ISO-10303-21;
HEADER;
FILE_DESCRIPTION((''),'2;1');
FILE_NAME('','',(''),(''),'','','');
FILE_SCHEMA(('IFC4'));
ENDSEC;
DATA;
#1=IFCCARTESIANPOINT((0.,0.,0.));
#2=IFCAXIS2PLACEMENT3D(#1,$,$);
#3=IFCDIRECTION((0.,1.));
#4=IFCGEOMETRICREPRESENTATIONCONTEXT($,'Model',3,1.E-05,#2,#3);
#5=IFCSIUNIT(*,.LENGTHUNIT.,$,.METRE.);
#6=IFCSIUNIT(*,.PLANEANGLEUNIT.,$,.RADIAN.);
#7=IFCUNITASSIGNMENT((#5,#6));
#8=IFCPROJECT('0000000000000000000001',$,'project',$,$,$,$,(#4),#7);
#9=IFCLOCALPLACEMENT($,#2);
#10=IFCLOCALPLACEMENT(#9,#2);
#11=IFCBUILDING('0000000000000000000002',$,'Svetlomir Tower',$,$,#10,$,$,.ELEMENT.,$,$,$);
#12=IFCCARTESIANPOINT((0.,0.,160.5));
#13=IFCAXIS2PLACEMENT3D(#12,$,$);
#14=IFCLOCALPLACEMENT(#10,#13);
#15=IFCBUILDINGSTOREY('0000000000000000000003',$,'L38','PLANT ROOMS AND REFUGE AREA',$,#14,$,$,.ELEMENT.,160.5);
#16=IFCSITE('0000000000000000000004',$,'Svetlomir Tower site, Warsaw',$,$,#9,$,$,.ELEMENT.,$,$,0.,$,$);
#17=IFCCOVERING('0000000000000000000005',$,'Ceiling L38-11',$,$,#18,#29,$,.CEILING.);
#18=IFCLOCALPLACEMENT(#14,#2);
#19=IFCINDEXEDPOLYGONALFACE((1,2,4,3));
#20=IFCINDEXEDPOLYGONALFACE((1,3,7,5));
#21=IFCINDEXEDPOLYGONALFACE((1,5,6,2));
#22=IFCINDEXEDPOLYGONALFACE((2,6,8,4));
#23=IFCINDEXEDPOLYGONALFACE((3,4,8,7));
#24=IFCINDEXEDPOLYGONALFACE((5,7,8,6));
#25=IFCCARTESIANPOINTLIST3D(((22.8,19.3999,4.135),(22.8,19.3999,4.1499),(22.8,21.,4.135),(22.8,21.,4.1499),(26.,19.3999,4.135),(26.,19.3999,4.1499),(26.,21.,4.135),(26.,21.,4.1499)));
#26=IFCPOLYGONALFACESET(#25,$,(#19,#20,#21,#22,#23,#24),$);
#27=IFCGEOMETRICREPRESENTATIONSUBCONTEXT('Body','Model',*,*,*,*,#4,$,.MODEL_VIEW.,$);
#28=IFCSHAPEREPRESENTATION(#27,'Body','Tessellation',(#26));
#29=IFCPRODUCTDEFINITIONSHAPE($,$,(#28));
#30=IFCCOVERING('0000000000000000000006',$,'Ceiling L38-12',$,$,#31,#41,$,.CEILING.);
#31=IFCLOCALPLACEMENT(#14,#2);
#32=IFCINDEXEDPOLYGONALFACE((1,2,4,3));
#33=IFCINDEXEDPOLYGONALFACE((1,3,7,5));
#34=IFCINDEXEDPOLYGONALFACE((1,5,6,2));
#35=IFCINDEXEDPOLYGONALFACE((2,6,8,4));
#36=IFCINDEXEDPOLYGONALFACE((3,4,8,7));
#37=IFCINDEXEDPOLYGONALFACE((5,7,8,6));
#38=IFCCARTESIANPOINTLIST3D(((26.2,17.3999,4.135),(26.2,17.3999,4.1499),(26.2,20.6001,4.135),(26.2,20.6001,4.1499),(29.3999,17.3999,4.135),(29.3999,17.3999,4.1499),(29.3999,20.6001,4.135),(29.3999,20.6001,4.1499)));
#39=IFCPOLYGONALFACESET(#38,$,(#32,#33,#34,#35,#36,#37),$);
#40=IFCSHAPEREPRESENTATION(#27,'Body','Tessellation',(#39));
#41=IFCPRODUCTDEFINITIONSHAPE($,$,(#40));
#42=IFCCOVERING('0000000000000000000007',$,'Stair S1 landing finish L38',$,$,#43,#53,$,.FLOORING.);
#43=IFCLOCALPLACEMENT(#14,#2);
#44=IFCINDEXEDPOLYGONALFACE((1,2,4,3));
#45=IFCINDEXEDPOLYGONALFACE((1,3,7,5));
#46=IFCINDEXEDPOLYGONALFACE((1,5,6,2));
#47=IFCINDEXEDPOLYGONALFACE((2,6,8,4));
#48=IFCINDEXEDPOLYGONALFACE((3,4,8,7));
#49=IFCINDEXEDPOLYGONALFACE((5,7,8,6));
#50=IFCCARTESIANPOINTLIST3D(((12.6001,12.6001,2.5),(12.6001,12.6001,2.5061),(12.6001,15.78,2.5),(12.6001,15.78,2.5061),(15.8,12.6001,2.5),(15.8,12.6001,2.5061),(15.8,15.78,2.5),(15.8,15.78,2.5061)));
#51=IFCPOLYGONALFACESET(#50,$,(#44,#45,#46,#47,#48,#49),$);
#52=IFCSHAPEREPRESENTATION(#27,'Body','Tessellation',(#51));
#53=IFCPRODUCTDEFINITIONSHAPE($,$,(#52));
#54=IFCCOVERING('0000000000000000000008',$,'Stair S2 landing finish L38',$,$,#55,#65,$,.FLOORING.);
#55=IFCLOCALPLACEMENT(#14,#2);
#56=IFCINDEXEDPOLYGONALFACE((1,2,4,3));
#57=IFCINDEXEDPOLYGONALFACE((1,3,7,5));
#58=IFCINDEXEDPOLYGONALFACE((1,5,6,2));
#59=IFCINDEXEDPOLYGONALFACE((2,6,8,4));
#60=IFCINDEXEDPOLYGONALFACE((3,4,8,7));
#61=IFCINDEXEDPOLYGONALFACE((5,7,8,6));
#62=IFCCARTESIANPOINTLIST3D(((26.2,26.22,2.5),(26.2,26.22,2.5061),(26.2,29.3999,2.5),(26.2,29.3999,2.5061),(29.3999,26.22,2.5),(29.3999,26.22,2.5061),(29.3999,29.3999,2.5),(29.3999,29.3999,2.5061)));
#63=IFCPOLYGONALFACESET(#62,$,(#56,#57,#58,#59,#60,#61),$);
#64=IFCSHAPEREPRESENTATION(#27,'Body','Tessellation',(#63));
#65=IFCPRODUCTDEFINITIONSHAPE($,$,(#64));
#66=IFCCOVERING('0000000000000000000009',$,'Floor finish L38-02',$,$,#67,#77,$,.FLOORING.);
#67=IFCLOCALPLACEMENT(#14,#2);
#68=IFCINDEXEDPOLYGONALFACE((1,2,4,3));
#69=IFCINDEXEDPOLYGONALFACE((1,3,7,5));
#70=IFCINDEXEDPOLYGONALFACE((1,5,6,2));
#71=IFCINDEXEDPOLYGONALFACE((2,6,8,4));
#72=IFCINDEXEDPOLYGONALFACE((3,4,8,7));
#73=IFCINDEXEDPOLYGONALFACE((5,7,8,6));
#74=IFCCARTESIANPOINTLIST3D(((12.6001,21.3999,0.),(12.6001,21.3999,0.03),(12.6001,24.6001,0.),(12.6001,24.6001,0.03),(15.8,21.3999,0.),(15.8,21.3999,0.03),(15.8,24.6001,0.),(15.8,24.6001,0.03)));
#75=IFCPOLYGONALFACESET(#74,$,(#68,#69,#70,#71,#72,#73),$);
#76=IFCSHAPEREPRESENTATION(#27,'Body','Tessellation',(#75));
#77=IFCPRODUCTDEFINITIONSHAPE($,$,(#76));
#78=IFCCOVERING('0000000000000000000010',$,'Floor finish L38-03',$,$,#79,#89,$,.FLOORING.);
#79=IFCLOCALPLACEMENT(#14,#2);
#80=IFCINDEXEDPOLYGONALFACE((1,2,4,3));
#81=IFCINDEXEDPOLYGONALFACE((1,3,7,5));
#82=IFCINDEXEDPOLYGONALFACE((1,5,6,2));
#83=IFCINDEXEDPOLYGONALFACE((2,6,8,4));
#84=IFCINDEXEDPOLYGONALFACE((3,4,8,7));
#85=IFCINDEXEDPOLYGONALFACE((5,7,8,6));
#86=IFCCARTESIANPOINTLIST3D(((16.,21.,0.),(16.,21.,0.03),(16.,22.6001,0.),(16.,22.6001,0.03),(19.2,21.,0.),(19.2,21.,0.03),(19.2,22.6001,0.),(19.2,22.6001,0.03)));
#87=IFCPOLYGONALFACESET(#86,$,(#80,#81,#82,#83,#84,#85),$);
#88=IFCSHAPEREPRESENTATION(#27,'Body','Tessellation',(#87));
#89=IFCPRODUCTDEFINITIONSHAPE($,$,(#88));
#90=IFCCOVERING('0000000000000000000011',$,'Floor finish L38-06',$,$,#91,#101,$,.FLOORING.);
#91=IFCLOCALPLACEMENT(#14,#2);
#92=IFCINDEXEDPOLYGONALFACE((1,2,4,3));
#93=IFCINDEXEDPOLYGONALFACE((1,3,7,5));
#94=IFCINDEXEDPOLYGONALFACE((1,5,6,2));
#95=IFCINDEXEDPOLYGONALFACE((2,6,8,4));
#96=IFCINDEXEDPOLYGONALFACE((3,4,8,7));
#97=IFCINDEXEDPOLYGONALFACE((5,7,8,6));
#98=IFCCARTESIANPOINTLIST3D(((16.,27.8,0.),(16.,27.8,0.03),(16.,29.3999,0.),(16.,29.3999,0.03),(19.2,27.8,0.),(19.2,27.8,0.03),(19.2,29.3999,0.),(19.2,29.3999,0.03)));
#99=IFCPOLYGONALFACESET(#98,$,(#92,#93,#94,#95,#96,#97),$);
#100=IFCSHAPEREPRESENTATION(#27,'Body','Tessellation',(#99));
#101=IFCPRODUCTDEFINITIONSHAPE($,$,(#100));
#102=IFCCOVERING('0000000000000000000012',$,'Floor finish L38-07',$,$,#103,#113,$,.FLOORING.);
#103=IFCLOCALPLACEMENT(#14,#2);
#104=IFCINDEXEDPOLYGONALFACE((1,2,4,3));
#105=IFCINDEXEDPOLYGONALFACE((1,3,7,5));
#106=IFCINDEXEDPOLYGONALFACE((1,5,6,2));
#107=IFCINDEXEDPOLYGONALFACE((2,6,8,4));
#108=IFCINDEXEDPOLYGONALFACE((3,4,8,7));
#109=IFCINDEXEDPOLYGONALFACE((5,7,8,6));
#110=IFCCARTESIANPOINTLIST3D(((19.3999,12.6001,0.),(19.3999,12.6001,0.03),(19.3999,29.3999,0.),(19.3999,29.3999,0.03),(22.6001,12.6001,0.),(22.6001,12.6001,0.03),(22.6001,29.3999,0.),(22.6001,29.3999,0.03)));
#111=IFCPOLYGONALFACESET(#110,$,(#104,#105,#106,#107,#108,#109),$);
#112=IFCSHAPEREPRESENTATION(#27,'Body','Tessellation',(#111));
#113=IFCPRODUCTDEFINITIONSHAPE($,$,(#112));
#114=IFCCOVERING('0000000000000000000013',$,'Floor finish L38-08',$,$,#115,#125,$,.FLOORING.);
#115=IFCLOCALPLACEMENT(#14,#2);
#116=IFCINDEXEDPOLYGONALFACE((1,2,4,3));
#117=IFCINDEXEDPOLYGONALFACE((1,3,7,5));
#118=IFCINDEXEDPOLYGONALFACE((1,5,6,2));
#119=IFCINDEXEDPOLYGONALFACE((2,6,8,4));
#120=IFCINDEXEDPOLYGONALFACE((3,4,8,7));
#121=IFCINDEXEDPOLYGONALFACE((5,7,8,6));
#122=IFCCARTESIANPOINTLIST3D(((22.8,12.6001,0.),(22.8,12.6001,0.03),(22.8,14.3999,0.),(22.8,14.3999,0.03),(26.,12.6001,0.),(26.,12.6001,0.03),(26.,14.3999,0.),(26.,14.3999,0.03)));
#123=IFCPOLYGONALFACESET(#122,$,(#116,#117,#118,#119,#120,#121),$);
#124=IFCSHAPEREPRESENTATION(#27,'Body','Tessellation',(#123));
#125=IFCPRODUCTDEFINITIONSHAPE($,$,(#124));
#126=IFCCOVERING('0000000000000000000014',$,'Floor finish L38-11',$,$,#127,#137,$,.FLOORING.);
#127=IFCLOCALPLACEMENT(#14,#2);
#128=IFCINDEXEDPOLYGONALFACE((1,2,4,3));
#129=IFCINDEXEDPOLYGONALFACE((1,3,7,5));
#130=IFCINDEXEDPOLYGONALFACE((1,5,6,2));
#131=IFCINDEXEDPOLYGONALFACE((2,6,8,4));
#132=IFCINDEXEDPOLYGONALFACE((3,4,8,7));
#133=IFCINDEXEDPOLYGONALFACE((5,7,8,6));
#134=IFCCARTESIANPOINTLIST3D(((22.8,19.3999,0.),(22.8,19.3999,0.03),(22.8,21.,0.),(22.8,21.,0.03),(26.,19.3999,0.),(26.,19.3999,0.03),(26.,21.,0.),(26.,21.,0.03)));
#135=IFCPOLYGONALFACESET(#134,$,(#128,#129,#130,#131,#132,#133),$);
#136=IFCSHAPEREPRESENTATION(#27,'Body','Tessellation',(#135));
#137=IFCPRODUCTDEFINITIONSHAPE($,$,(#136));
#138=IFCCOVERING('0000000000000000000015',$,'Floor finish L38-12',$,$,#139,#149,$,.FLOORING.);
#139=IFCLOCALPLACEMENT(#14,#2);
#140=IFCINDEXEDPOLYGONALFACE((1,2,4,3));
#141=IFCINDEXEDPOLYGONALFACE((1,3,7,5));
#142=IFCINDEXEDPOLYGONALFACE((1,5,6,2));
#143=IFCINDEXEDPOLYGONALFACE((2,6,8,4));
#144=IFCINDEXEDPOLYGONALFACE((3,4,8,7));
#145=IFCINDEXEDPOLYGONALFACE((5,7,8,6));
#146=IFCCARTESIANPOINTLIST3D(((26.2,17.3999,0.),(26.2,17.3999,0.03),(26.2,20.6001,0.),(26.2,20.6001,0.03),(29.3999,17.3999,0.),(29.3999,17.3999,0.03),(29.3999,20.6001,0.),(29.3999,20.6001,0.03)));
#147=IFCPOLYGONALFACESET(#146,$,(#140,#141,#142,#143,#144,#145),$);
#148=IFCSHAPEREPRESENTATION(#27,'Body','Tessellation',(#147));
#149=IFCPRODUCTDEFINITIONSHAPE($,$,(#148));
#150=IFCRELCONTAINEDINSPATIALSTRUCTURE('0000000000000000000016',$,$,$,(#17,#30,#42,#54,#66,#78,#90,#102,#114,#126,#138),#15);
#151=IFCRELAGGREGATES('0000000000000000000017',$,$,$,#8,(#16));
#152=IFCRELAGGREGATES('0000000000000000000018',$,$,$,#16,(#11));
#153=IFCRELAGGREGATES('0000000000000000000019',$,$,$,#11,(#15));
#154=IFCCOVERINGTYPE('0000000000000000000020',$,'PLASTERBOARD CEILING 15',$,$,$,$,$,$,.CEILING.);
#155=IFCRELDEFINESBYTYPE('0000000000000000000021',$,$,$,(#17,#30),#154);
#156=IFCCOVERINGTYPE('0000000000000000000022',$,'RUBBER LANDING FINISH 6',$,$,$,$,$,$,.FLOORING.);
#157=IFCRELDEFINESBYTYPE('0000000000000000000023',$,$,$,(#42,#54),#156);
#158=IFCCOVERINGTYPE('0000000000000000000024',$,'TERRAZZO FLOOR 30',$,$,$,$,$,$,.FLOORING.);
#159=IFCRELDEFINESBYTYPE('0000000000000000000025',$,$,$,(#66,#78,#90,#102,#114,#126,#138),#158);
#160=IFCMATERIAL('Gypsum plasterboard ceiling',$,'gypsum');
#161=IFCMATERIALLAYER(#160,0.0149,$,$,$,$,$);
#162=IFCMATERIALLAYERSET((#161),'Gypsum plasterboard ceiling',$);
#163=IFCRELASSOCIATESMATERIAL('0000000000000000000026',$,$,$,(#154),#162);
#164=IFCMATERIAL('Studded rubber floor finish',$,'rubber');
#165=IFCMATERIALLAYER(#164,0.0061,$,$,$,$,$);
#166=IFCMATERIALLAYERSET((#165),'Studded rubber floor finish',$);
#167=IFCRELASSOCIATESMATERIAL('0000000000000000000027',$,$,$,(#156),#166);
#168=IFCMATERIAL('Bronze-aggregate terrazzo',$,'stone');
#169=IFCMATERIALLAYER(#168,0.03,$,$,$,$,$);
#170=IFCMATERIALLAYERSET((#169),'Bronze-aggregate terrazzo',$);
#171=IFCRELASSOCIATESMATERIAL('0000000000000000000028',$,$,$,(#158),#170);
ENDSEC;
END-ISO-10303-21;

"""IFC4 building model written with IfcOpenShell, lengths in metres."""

from ifc_helpers import new_model, si_unit, direction, frame, origin, place, context, subcontext, project, spatial, polyline, outline, extrude, material, layer, layer_set, type_object, element, save


model = new_model("IFC4")

# Units and contexts
model_context = context("Model", 3, precision=1e-05, world=origin(), true_north=direction((0.0, 1.0)))
body_context = subcontext(model_context, "Body", "Model", "MODEL_VIEW")
ifc_project = project(units=[si_unit("LENGTHUNIT", "METRE"), si_unit("PLANEANGLEUNIT", "RADIAN")], contexts=[model_context])

# Site, building, storey
site_placement = place(None, origin())
site = spatial("IfcSite", under=ifc_project, at=site_placement, Name="Svetlomir Tower site, Warsaw", CompositionType="ELEMENT", RefElevation=0.0)
building_placement = place(site_placement, origin())
building = spatial("IfcBuilding", under=site, at=building_placement, Name="Svetlomir Tower", CompositionType="ELEMENT")
storey_placement = place(building_placement, frame((0.0, 0.0, 160.5)))
storey = spatial("IfcBuildingStorey", under=building, at=storey_placement, Name="L38", Description="PLANT ROOMS AND REFUGE AREA", CompositionType="ELEMENT", Elevation=160.5)

# Coverings
ifc_material_1 = material(Name="Gypsum plasterboard ceiling", Category="gypsum")
ifc_layer_1 = layer(ifc_material_1, 0.0149)
ifc_layer_set_1 = layer_set([ifc_layer_1], Name="Gypsum plasterboard ceiling")
covering_type_1 = type_object("IfcCoveringType", Name="PLASTERBOARD CEILING 15", PredefinedType="CEILING", material=ifc_layer_set_1)
covering_1_placement = place(storey_placement, frame((0.0, 0.0, 4.135)))
element("IfcCovering", 1, at=covering_1_placement, inside=storey, type_object=covering_type_1, Name="Ceiling L38-11", PredefinedType="CEILING", context=body_context, shape_type="SweptSolid", body=[
    extrude(outline(polyline([(22.8, 19.3999), (26.0, 19.3999), (26.0, 21.0), (22.8, 21.0), (22.8, 19.3999)])), origin(), (0.0, 0.0, 1.0), 0.0149),
])
covering_2_placement = place(storey_placement, frame((0.0, 0.0, 4.135)))
element("IfcCovering", 2, at=covering_2_placement, inside=storey, type_object=covering_type_1, Name="Ceiling L38-12", PredefinedType="CEILING", context=body_context, shape_type="SweptSolid", body=[
    extrude(outline(polyline([(26.2, 17.3999), (29.3999, 17.3999), (29.3999, 20.6001), (26.2, 20.6001), (26.2, 17.3999)])), origin(), (0.0, 0.0, 1.0), 0.0149),
])
ifc_material_2 = material(Name="Studded rubber floor finish", Category="rubber")
ifc_layer_2 = layer(ifc_material_2, 0.0061)
ifc_layer_set_2 = layer_set([ifc_layer_2], Name="Studded rubber floor finish")
covering_type_2 = type_object("IfcCoveringType", Name="RUBBER LANDING FINISH 6", PredefinedType="FLOORING", material=ifc_layer_set_2)
covering_3_placement = place(storey_placement, frame((0.0, 0.0, 2.5)))
element("IfcCovering", 3, at=covering_3_placement, inside=storey, type_object=covering_type_2, Name="Stair S1 landing finish L38", PredefinedType="FLOORING", context=body_context, shape_type="SweptSolid", body=[
    extrude(outline(polyline([(12.6001, 12.6001), (15.8, 12.6001), (15.8, 15.78), (12.6001, 15.78), (12.6001, 12.6001)])), origin(), (0.0, 0.0, 1.0), 0.0061),
])
covering_4_placement = place(storey_placement, frame((0.0, 0.0, 2.5)))
element("IfcCovering", 4, at=covering_4_placement, inside=storey, type_object=covering_type_2, Name="Stair S2 landing finish L38", PredefinedType="FLOORING", context=body_context, shape_type="SweptSolid", body=[
    extrude(outline(polyline([(26.2, 26.22), (29.3999, 26.22), (29.3999, 29.3999), (26.2, 29.3999), (26.2, 26.22)])), origin(), (0.0, 0.0, 1.0), 0.0061),
])
ifc_material_3 = material(Name="Bronze-aggregate terrazzo", Category="stone")
ifc_layer_3 = layer(ifc_material_3, 0.03)
ifc_layer_set_3 = layer_set([ifc_layer_3], Name="Bronze-aggregate terrazzo")
covering_type_3 = type_object("IfcCoveringType", Name="TERRAZZO FLOOR 30", PredefinedType="FLOORING", material=ifc_layer_set_3)
covering_5_placement = place(storey_placement, origin())
element("IfcCovering", 5, at=covering_5_placement, inside=storey, type_object=covering_type_3, Name="Floor finish L38-02", PredefinedType="FLOORING", context=body_context, shape_type="SweptSolid", body=[
    extrude(outline(polyline([(12.6001, 21.3999), (15.8, 21.3999), (15.8, 24.6001), (12.6001, 24.6001), (12.6001, 21.3999)])), origin(), (0.0, 0.0, 1.0), 0.03),
])
covering_6_placement = place(storey_placement, origin())
element("IfcCovering", 6, at=covering_6_placement, inside=storey, type_object=covering_type_3, Name="Floor finish L38-03", PredefinedType="FLOORING", context=body_context, shape_type="SweptSolid", body=[
    extrude(outline(polyline([(16.0, 21.0), (19.2, 21.0), (19.2, 22.6001), (16.0, 22.6001), (16.0, 21.0)])), origin(), (0.0, 0.0, 1.0), 0.03),
])
covering_7_placement = place(storey_placement, origin())
element("IfcCovering", 7, at=covering_7_placement, inside=storey, type_object=covering_type_3, Name="Floor finish L38-06", PredefinedType="FLOORING", context=body_context, shape_type="SweptSolid", body=[
    extrude(outline(polyline([(16.0, 27.8), (19.2, 27.8), (19.2, 29.3999), (16.0, 29.3999), (16.0, 27.8)])), origin(), (0.0, 0.0, 1.0), 0.03),
])
covering_8_placement = place(storey_placement, origin())
element("IfcCovering", 8, at=covering_8_placement, inside=storey, type_object=covering_type_3, Name="Floor finish L38-07", PredefinedType="FLOORING", context=body_context, shape_type="SweptSolid", body=[
    extrude(outline(polyline([(19.3999, 12.6001), (22.6001, 12.6001), (22.6001, 29.3999), (19.3999, 29.3999), (19.3999, 12.6001)])), origin(), (0.0, 0.0, 1.0), 0.03),
])
covering_9_placement = place(storey_placement, origin())
element("IfcCovering", 9, at=covering_9_placement, inside=storey, type_object=covering_type_3, Name="Floor finish L38-08", PredefinedType="FLOORING", context=body_context, shape_type="SweptSolid", body=[
    extrude(outline(polyline([(22.8, 12.6001), (26.0, 12.6001), (26.0, 14.3999), (22.8, 14.3999), (22.8, 12.6001)])), origin(), (0.0, 0.0, 1.0), 0.03),
])
covering_10_placement = place(storey_placement, origin())
element("IfcCovering", 10, at=covering_10_placement, inside=storey, type_object=covering_type_3, Name="Floor finish L38-11", PredefinedType="FLOORING", context=body_context, shape_type="SweptSolid", body=[
    extrude(outline(polyline([(22.8, 19.3999), (26.0, 19.3999), (26.0, 21.0), (22.8, 21.0), (22.8, 19.3999)])), origin(), (0.0, 0.0, 1.0), 0.03),
])
covering_11_placement = place(storey_placement, origin())
element("IfcCovering", 11, at=covering_11_placement, inside=storey, type_object=covering_type_3, Name="Floor finish L38-12", PredefinedType="FLOORING", context=body_context, shape_type="SweptSolid", body=[
    extrude(outline(polyline([(26.2, 17.3999), (29.3999, 17.3999), (29.3999, 20.6001), (26.2, 20.6001), (26.2, 17.3999)])), origin(), (0.0, 0.0, 1.0), 0.03),
])

save(model, "model.ifc")
